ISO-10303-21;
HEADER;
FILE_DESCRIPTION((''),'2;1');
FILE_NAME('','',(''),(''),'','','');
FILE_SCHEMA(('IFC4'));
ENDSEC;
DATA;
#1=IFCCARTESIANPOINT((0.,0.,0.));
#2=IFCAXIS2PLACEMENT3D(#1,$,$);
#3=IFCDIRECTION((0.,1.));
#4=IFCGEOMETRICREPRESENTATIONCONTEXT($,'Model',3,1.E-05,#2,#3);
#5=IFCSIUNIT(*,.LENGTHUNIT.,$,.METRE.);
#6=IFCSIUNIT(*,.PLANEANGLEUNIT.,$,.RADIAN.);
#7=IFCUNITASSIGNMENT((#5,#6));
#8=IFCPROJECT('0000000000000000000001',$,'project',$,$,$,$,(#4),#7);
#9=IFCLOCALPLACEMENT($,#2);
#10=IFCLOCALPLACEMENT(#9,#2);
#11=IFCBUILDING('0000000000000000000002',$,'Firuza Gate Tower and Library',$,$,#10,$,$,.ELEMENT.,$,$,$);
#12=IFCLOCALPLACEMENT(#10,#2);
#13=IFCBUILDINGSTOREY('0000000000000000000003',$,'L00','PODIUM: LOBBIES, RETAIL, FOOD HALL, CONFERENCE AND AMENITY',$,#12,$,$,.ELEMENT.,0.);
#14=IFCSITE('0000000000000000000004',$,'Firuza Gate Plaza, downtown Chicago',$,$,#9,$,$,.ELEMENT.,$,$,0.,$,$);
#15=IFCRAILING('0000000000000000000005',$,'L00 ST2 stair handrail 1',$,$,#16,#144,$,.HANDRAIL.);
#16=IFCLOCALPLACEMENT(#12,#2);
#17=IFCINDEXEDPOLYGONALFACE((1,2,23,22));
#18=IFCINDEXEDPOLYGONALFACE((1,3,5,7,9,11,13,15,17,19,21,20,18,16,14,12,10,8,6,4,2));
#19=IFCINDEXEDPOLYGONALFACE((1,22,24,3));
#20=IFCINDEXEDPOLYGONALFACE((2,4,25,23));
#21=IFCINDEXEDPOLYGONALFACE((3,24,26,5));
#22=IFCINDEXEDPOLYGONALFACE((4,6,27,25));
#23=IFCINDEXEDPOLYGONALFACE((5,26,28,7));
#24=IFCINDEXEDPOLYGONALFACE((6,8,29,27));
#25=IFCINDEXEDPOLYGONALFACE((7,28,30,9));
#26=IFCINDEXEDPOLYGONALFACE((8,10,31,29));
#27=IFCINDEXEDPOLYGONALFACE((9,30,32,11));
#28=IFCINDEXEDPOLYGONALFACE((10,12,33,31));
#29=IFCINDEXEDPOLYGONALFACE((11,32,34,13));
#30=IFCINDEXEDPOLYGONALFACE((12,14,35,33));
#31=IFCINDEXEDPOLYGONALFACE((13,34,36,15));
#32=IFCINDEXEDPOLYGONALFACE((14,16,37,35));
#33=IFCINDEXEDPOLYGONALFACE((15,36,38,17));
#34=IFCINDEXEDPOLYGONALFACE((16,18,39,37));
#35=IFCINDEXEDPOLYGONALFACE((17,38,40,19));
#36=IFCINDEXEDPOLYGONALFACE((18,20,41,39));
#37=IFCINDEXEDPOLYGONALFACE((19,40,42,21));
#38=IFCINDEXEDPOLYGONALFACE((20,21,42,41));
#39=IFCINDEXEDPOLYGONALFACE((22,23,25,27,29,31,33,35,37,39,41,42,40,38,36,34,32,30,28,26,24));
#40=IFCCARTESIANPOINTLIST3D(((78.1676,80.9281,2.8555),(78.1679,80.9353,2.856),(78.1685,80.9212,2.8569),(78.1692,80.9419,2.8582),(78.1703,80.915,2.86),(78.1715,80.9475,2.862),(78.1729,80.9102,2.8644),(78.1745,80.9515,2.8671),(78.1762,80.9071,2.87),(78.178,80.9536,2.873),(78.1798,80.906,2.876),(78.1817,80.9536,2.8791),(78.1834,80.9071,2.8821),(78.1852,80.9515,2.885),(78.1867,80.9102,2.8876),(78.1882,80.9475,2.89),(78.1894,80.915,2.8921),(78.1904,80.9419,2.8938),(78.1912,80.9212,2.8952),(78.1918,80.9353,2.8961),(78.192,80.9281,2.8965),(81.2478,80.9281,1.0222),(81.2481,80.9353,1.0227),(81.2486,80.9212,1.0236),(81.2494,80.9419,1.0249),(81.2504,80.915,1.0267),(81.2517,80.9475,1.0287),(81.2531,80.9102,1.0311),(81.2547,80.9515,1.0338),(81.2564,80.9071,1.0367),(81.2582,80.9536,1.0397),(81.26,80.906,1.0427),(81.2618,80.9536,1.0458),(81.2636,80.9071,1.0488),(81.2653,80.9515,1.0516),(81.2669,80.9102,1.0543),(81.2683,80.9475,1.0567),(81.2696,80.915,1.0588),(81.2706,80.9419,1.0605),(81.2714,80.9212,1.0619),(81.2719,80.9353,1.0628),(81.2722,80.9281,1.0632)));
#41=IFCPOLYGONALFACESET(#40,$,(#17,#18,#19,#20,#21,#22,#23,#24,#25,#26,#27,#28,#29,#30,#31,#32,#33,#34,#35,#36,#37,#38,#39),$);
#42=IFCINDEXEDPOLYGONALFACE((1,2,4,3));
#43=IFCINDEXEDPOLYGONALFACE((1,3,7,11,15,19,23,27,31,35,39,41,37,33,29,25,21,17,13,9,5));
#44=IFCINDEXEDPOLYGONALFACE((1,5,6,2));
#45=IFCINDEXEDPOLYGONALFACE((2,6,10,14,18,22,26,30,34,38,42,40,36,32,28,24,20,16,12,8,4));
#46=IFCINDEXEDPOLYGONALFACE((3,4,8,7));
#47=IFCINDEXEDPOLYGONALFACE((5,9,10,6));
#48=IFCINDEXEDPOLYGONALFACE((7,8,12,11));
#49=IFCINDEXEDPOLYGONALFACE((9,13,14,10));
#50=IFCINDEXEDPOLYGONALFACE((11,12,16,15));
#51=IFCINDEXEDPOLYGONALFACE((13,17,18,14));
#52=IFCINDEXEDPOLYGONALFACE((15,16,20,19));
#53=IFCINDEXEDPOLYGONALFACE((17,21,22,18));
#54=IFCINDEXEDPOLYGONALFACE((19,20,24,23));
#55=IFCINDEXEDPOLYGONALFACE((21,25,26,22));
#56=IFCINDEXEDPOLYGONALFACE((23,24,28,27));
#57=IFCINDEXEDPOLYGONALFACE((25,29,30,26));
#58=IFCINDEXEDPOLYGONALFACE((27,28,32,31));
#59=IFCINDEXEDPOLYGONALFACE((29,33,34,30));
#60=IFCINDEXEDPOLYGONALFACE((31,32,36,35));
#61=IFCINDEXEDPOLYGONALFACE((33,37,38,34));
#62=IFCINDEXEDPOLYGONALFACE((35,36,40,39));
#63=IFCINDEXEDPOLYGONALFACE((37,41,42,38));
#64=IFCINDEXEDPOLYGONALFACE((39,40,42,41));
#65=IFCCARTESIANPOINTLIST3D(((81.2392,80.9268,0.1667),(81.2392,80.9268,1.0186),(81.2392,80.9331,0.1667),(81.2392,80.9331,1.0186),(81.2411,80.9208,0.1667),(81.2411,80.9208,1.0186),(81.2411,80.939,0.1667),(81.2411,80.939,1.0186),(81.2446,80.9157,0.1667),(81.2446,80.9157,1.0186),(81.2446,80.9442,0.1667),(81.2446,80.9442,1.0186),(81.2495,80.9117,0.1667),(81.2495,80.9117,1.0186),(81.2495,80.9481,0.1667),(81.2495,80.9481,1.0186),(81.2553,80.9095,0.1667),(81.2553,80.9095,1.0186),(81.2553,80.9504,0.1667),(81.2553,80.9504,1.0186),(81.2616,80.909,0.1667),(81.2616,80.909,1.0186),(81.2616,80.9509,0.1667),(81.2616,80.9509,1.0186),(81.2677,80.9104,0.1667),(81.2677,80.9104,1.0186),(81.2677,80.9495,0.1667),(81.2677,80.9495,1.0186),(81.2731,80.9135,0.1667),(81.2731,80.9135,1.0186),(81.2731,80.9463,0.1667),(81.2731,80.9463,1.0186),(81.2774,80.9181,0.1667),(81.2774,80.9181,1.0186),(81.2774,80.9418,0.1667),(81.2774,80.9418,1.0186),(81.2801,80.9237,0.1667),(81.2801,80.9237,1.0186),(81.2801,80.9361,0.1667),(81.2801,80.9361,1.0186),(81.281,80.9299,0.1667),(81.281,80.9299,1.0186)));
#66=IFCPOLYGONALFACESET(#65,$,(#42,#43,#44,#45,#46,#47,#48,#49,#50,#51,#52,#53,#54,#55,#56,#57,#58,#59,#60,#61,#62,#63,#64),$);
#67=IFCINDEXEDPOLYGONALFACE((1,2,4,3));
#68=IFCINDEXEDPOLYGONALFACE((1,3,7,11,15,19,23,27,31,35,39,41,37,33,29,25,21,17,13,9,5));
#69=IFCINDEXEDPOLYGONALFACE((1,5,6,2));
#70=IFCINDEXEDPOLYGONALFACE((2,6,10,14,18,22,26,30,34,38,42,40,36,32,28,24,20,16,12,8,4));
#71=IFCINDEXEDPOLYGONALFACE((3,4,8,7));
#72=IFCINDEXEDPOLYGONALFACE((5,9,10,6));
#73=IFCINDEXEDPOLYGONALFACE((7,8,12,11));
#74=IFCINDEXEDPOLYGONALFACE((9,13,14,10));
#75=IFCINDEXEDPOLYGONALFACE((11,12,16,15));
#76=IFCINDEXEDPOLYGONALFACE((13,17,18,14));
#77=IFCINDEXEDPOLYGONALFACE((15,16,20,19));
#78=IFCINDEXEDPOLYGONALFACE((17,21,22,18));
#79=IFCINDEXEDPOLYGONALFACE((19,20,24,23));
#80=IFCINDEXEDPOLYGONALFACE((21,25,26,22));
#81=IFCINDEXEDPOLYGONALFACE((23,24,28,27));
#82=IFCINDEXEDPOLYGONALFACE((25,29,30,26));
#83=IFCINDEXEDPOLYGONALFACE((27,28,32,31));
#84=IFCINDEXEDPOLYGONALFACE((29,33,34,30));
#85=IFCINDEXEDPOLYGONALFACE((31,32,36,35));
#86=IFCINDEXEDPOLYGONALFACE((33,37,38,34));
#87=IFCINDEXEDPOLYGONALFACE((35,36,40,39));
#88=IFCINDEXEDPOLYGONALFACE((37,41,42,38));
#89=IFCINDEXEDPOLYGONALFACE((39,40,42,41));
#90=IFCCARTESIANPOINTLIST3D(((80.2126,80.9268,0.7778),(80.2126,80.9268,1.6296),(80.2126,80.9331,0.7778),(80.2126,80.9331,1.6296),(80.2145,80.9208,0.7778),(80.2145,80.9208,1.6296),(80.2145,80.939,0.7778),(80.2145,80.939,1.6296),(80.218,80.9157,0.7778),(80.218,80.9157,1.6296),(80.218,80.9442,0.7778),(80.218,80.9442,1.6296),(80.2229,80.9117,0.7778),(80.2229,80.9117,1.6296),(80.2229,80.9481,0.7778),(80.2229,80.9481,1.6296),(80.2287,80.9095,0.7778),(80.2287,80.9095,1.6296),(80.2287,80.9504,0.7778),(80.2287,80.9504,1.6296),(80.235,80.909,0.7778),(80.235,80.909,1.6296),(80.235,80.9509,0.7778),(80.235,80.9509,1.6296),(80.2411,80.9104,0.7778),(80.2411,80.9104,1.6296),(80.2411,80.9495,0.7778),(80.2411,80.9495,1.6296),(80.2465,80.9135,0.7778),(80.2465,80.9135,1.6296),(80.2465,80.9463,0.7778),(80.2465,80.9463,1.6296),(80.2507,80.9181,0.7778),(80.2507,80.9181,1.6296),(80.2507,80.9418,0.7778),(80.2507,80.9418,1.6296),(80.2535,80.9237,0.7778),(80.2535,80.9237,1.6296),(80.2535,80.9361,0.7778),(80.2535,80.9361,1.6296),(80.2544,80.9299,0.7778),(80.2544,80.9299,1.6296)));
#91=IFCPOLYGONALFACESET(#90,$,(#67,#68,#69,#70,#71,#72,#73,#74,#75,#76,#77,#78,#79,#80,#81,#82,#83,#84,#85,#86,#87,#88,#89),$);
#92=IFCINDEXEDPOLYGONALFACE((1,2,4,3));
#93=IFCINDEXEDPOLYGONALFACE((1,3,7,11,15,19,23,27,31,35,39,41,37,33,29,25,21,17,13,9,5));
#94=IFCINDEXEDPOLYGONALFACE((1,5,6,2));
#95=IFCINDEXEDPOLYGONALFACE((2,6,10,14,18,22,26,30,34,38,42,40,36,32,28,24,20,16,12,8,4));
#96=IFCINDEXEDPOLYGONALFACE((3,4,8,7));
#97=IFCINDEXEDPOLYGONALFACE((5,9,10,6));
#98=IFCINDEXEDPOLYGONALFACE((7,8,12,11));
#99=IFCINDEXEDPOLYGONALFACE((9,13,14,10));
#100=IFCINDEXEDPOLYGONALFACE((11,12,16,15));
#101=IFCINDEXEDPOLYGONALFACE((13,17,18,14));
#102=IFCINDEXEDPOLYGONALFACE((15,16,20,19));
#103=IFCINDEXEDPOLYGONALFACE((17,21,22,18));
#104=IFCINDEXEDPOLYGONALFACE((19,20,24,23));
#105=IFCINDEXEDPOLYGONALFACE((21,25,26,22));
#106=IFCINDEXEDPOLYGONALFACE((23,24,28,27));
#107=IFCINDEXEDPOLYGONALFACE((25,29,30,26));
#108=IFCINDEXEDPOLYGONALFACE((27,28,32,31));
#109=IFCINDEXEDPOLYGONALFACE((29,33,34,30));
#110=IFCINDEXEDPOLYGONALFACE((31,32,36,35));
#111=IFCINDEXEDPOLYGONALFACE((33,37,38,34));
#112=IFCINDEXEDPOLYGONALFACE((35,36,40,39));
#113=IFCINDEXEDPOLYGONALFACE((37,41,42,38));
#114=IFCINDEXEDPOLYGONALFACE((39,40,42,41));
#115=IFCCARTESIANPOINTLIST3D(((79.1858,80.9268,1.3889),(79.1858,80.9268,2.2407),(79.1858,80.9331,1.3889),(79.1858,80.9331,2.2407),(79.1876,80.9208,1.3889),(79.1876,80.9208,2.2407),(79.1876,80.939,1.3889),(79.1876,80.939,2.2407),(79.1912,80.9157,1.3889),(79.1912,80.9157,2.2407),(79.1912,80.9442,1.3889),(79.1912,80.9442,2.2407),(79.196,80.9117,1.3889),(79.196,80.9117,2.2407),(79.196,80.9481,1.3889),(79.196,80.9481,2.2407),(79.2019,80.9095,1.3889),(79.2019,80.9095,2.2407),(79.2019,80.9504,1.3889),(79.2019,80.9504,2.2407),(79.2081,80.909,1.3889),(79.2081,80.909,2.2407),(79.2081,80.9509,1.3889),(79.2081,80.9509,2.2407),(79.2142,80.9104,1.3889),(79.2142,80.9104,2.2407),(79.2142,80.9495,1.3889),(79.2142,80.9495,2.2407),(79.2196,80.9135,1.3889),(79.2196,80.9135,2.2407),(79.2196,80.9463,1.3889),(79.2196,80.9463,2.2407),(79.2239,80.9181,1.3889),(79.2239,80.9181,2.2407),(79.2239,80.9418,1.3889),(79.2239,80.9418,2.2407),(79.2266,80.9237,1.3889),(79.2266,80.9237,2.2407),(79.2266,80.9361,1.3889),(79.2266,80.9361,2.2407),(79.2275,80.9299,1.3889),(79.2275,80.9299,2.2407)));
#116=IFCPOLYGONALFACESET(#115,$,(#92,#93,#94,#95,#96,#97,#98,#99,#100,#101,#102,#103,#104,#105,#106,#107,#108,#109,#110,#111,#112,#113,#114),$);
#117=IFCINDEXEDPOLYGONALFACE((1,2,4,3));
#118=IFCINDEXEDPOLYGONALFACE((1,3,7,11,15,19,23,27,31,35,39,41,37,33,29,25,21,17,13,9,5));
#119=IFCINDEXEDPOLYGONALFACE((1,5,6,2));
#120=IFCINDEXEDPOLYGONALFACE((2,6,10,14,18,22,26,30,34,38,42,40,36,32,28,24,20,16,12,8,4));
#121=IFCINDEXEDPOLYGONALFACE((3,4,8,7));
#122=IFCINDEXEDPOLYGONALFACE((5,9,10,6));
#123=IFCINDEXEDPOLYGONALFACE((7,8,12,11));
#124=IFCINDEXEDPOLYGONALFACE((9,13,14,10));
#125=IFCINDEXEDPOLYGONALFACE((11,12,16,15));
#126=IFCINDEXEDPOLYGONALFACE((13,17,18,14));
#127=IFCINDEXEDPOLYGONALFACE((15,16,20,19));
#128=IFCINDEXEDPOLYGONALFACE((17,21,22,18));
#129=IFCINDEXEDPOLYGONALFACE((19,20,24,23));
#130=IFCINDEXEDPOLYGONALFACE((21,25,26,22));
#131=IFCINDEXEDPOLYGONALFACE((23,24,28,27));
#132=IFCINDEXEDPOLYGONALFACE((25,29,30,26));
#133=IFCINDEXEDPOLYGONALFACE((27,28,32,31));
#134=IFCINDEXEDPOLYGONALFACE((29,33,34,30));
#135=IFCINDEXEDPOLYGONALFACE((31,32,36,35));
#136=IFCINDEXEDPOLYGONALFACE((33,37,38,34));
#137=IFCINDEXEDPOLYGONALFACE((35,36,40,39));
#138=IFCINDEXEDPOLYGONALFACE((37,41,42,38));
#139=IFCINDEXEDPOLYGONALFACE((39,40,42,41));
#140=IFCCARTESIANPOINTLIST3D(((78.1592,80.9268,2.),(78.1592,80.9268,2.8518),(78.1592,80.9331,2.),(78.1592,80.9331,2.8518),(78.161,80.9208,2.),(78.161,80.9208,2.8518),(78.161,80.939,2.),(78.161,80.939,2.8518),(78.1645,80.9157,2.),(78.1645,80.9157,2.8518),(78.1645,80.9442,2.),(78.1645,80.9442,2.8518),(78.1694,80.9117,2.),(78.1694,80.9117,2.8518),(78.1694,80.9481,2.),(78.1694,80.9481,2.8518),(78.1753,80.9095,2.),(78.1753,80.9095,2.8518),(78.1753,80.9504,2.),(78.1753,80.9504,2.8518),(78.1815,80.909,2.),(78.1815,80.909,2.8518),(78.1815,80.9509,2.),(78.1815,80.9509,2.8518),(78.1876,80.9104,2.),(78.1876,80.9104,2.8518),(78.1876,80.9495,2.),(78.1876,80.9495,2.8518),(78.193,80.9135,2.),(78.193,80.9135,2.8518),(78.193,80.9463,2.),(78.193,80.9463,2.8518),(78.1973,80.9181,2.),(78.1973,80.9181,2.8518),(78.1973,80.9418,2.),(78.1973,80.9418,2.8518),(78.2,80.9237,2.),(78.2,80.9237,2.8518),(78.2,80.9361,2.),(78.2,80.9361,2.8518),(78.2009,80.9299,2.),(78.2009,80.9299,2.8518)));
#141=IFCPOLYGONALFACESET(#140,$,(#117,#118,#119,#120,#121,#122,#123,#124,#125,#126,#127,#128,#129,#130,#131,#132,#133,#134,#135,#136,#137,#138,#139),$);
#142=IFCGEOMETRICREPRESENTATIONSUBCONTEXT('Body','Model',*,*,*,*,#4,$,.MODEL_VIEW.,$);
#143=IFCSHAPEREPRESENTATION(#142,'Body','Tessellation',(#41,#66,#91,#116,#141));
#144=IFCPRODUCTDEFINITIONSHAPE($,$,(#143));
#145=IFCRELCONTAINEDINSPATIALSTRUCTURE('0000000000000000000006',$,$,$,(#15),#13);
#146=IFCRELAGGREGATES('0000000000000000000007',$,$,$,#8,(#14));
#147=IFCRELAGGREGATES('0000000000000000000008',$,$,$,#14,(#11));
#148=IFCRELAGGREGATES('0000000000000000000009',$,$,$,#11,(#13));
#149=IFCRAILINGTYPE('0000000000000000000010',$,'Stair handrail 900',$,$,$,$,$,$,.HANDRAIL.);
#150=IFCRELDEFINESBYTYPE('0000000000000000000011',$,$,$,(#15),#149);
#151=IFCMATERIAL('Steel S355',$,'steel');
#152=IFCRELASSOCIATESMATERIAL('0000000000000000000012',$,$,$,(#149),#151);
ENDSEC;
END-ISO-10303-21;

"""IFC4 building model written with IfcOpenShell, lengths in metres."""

from ifc_helpers import new_model, si_unit, direction, frame, origin, origin_2d, place, context, subcontext, project, spatial, circle, extrude, material, type_object, element, save


model = new_model("IFC4")

# Units and contexts
model_context = context("Model", 3, precision=1e-05, world=origin(), true_north=direction((0.0, 1.0)))
body_context = subcontext(model_context, "Body", "Model", "MODEL_VIEW")
ifc_project = project(units=[si_unit("LENGTHUNIT", "METRE"), si_unit("PLANEANGLEUNIT", "RADIAN")], contexts=[model_context])

# Site, building, storey
site_placement = place(None, origin())
site = spatial("IfcSite", under=ifc_project, at=site_placement, Name="Firuza Gate Plaza, downtown Chicago", CompositionType="ELEMENT", RefElevation=0.0)
building_placement = place(site_placement, origin())
building = spatial("IfcBuilding", under=site, at=building_placement, Name="Firuza Gate Tower and Library", CompositionType="ELEMENT")
storey_placement = place(building_placement, origin())
storey = spatial("IfcBuildingStorey", under=building, at=storey_placement, Name="L00", Description="PODIUM: LOBBIES, RETAIL, FOOD HALL, CONFERENCE AND AMENITY", CompositionType="ELEMENT", Elevation=0.0)

# Railing
ifc_material_1 = material(Name="Steel S355", Category="steel")
railing_type_1 = type_object("IfcRailingType", Name="Stair handrail 900", PredefinedType="HANDRAIL", material=ifc_material_1)
for number, where, name in (
    (1, (81.26, 80.9299, 0.1667), "L00 ST2 stair handrail 1"),
):
    element("IfcRailing", number, at=place(storey_placement, frame(where)), inside=storey, type_object=railing_type_1, Name=name, PredefinedType="HANDRAIL", context=body_context, shape_type="SweptSolid", body=[
        extrude(circle(Radius=0.0239, at=origin_2d()), frame((0.0, 0.0, 0.876), z_axis=(-0.859309, 0.0, 0.511458), x_axis=(0.0, -1.0, 0.0)), (0.0, 0.0, 1.0), 3.5845),
        extrude(circle(Radius=0.021, at=origin_2d()), origin(), (0.0, 0.0, 1.0), 0.8518),
        extrude(circle(Radius=0.021, at=origin_2d()), frame((-1.0266, 0.0, 0.6111)), (0.0, 0.0, 1.0), 0.8518),
        extrude(circle(Radius=0.021, at=origin_2d()), frame((-2.0535, 0.0, 1.2222)), (0.0, 0.0, 1.0), 0.8518),
        extrude(circle(Radius=0.021, at=origin_2d()), frame((-3.0801, 0.0, 1.8333)), (0.0, 0.0, 1.0), 0.8518),
    ])

save(model, "model.ifc")
